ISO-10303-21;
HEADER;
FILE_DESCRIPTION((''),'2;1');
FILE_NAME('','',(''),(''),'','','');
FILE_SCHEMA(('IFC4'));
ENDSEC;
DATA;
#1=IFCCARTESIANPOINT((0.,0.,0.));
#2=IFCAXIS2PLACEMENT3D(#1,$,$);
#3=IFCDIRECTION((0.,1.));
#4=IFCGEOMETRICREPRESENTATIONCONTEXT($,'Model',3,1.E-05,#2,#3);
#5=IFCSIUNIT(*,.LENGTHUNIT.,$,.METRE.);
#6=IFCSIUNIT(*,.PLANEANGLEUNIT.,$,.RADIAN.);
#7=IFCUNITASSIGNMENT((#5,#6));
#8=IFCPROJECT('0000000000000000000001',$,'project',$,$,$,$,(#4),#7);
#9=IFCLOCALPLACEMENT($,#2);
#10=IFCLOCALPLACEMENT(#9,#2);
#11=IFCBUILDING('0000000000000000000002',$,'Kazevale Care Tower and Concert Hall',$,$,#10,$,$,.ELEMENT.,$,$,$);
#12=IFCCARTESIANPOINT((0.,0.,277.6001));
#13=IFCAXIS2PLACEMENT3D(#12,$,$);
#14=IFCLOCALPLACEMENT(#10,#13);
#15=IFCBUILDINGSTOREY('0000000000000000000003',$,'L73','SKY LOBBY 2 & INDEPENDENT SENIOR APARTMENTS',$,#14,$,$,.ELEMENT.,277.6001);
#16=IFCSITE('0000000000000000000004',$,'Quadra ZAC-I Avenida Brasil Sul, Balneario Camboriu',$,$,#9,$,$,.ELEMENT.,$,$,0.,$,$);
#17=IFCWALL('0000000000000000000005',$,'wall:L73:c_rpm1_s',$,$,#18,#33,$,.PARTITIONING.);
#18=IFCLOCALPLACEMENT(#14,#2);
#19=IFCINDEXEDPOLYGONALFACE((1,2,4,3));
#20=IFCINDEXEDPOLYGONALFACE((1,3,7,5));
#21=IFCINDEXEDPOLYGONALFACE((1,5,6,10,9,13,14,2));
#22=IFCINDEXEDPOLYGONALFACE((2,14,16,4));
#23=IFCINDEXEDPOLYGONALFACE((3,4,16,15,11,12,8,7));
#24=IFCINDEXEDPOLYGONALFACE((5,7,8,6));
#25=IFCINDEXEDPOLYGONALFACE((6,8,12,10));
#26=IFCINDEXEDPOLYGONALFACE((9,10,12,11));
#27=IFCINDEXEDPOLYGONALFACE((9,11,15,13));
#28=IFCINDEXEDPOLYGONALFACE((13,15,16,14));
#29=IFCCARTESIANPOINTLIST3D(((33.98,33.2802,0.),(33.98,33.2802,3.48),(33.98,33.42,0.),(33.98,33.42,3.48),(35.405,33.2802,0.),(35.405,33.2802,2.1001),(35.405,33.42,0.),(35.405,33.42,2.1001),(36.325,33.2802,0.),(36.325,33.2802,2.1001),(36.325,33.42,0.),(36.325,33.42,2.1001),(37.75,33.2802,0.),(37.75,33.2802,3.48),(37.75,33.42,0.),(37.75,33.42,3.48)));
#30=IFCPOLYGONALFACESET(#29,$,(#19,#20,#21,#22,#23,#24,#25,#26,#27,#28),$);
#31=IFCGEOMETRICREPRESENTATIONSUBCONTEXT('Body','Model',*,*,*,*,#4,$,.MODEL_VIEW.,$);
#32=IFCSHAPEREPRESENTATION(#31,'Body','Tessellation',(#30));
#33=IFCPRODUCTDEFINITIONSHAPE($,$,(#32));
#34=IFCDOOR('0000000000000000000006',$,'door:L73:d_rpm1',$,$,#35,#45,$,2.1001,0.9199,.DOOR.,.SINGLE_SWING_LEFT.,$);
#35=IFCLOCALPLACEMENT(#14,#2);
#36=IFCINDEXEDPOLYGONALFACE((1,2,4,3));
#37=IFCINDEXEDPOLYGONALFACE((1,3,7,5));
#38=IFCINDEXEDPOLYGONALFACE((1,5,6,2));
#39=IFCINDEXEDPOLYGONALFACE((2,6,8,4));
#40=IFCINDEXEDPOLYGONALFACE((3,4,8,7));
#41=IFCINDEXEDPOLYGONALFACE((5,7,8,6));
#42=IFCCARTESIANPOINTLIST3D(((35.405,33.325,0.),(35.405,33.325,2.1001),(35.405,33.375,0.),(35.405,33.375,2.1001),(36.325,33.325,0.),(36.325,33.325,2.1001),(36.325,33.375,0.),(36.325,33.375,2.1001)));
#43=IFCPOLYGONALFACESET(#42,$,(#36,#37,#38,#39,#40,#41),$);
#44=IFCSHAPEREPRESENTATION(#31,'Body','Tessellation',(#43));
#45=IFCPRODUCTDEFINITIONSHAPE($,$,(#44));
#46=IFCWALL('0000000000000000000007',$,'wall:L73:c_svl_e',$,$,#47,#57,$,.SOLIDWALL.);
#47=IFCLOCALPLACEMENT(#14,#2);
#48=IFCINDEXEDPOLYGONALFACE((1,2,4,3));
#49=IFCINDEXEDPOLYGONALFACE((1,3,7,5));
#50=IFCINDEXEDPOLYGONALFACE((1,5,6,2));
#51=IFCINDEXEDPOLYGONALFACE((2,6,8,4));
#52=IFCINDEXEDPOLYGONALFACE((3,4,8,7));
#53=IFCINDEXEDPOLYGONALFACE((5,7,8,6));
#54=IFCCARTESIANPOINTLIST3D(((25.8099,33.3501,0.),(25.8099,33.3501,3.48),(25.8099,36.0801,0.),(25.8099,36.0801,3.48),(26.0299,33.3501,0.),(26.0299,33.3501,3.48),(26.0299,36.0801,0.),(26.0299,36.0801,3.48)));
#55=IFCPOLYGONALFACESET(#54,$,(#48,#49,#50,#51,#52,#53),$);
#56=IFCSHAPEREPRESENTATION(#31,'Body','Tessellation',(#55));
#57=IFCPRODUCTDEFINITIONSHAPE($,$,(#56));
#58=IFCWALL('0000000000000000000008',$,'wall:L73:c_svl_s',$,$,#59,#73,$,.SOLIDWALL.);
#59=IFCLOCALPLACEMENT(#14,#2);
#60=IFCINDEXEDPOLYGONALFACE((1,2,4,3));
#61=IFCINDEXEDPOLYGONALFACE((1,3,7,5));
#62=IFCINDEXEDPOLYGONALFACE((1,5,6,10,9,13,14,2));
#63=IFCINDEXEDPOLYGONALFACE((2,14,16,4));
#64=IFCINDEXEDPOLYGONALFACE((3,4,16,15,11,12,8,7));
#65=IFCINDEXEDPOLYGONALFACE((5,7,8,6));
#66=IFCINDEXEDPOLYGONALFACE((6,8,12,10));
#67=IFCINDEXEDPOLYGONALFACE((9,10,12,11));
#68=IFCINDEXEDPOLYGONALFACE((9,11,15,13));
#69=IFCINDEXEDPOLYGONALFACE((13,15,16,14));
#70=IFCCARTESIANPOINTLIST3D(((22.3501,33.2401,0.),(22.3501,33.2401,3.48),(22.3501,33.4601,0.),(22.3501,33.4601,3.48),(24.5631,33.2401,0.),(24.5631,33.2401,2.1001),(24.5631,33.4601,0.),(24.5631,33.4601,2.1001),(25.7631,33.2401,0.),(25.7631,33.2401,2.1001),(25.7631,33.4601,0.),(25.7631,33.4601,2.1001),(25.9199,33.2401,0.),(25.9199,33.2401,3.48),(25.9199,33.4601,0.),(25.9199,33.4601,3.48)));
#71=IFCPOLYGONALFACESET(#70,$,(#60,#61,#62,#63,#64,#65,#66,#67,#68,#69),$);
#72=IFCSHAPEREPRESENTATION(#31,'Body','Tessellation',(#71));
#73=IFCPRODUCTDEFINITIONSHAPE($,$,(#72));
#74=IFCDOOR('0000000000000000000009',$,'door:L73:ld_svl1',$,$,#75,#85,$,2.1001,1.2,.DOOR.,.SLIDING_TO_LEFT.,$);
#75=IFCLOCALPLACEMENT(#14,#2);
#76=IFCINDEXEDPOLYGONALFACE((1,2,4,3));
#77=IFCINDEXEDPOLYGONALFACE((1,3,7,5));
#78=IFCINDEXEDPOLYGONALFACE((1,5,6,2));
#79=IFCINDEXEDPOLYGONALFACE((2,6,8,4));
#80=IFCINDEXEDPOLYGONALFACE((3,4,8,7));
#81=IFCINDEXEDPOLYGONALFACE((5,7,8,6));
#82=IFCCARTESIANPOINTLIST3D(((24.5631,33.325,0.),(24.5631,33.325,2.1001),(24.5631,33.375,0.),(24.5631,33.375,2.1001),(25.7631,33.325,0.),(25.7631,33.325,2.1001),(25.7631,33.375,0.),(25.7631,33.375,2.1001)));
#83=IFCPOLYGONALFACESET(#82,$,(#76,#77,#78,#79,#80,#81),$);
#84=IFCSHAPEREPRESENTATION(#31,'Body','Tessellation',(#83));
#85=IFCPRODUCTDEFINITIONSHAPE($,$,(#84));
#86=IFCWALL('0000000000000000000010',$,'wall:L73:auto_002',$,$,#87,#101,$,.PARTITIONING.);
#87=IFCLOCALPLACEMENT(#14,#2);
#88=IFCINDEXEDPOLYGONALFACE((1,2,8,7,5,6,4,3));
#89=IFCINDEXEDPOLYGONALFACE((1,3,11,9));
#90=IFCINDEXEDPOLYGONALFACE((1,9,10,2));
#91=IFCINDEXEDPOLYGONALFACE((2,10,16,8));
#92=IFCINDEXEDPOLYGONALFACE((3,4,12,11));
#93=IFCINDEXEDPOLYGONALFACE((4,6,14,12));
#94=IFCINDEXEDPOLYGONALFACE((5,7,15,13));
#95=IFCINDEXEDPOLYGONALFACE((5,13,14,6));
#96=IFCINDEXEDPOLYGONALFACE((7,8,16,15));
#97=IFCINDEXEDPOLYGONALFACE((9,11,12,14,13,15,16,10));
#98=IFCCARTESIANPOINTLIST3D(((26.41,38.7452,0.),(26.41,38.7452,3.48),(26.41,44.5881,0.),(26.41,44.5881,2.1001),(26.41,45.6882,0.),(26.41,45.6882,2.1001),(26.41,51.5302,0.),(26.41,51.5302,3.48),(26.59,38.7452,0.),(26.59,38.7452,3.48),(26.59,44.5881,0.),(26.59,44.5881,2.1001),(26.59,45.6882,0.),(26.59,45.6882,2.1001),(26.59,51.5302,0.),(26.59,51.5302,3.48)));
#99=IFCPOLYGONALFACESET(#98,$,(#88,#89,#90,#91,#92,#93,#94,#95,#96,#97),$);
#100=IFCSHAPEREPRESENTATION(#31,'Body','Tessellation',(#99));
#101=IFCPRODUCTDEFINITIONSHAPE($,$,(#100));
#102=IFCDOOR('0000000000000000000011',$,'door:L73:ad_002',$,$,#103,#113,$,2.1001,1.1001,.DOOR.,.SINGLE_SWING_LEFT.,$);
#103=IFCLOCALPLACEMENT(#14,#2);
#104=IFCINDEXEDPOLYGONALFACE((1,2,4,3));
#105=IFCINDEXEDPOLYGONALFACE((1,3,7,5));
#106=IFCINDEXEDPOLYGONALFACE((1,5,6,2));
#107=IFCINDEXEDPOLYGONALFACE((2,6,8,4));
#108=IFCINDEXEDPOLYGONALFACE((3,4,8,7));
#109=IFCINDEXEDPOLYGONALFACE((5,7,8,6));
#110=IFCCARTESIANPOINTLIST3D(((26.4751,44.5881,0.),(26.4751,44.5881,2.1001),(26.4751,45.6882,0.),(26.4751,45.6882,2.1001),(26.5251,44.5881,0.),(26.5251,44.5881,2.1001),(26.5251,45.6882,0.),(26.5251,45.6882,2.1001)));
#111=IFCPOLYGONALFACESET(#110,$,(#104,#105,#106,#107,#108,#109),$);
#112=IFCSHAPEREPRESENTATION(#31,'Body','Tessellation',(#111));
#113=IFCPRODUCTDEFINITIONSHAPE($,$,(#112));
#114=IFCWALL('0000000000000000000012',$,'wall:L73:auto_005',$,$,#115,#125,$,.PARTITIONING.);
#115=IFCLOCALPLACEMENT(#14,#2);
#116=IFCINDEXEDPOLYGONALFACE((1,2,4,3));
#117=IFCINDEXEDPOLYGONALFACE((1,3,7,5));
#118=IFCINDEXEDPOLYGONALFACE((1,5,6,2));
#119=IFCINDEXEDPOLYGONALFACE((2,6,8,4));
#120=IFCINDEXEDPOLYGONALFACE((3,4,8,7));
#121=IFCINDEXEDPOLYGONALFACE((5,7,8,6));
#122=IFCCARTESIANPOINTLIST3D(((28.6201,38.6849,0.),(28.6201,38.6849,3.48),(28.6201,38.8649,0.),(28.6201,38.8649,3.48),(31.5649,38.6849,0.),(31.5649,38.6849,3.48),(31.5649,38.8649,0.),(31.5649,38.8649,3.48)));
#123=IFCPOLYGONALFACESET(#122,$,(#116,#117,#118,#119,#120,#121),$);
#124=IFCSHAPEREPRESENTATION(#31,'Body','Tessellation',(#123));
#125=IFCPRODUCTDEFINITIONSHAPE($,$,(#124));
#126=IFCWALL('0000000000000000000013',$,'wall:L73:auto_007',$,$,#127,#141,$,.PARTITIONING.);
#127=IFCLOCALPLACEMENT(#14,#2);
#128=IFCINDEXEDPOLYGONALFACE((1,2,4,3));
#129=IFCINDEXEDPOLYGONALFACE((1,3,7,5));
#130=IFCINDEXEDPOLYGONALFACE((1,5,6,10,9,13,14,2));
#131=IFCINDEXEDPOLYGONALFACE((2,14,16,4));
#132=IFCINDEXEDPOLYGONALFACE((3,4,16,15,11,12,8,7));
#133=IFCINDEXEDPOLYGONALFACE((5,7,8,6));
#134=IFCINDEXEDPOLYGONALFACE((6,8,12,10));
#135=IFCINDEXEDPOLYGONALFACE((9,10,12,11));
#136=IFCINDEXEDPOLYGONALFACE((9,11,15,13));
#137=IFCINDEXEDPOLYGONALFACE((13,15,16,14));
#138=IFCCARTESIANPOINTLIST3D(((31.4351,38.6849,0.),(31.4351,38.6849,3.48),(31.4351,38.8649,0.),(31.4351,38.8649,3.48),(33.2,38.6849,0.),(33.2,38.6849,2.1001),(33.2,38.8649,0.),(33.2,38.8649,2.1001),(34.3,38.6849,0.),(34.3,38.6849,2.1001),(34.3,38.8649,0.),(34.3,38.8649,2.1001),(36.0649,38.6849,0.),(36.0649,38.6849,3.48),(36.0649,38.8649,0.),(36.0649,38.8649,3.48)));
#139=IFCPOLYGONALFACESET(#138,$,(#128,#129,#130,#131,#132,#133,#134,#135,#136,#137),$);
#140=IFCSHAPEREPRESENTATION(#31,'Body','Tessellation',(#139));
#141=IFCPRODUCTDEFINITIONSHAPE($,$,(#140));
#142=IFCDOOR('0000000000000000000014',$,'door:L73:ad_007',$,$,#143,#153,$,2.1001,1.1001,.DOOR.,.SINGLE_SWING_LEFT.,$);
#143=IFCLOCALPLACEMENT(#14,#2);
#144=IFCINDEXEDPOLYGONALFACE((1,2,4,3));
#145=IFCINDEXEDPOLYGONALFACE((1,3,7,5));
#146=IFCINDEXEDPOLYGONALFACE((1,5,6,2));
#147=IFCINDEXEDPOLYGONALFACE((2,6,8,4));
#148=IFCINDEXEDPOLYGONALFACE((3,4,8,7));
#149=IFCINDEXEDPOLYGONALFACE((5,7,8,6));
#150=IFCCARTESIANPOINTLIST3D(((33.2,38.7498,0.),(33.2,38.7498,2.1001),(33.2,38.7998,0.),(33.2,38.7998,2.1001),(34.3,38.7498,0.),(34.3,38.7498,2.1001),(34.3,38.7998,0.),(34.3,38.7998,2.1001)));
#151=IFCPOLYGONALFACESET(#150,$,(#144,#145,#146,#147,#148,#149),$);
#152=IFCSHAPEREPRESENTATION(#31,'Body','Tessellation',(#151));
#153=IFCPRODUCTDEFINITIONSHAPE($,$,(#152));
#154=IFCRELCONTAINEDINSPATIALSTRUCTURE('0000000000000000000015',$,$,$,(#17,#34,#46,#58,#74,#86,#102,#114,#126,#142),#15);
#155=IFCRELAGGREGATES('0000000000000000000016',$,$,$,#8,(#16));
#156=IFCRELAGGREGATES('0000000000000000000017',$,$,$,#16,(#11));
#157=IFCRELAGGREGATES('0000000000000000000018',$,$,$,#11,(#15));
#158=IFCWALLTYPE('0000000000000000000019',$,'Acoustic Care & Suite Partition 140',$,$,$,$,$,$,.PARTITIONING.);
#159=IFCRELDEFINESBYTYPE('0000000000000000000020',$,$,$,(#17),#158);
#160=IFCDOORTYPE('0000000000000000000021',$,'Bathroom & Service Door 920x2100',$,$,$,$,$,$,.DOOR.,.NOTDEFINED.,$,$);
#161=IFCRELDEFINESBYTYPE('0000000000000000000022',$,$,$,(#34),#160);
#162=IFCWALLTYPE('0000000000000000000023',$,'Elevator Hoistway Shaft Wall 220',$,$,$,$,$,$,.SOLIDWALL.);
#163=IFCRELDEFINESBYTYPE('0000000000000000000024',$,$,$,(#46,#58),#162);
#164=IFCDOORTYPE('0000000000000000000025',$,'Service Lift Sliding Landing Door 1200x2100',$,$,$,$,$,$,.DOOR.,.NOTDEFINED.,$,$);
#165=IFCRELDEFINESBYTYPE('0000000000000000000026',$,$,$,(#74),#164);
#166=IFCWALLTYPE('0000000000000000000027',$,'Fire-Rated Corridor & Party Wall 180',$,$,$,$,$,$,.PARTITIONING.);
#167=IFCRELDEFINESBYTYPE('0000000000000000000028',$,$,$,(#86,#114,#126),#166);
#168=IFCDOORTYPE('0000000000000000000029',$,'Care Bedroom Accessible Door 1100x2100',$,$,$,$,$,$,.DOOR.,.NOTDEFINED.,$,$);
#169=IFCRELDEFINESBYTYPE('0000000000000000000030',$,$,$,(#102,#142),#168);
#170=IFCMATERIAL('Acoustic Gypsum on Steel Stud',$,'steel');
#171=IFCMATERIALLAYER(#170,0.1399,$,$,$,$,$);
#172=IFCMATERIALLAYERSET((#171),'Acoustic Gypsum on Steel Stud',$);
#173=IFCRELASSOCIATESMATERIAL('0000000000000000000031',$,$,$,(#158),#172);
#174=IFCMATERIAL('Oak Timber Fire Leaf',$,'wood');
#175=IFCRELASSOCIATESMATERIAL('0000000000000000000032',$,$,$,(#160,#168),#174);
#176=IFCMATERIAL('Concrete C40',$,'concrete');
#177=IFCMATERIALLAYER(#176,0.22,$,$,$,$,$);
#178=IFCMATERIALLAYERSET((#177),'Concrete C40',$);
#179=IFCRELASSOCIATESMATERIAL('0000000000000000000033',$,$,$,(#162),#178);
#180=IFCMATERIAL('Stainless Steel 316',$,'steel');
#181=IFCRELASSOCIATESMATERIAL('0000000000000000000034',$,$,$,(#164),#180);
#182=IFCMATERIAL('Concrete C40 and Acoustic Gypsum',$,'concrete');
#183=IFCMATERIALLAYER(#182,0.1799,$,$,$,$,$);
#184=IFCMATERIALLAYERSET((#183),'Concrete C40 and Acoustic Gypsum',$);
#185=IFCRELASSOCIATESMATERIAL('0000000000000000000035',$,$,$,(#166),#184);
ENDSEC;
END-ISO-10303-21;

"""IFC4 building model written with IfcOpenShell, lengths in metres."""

from ifc_helpers import new_model, si_unit, direction, frame, frame_2d, origin, place, context, subcontext, project, spatial, rectangle, extrude, material, layer, layer_set, type_object, element, fill, save


model = new_model("IFC4")

# Units and contexts
model_context = context("Model", 3, precision=1e-05, world=origin(), true_north=direction((0.0, 1.0)))
body_context = subcontext(model_context, "Body", "Model", "MODEL_VIEW")
ifc_project = project(units=[si_unit("LENGTHUNIT", "METRE"), si_unit("PLANEANGLEUNIT", "RADIAN")], contexts=[model_context])

# Site, building, storey
site_placement = place(None, origin())
site = spatial("IfcSite", under=ifc_project, at=site_placement, Name="Quadra ZAC-I Avenida Brasil Sul, Balneario Camboriu", CompositionType="ELEMENT", RefElevation=0.0)
building_placement = place(site_placement, origin())
building = spatial("IfcBuilding", under=site, at=building_placement, Name="Kazevale Care Tower and Concert Hall", CompositionType="ELEMENT")
storey_placement = place(building_placement, frame((0.0, 0.0, 277.6001)))
storey = spatial("IfcBuildingStorey", under=building, at=storey_placement, Name="L73", Description="SKY LOBBY 2 & INDEPENDENT SENIOR APARTMENTS", CompositionType="ELEMENT", Elevation=277.6001)

# Shared definitions
ifc_material_1 = material(Name="Acoustic Gypsum on Steel Stud", Category="steel")
ifc_layer_1 = layer(ifc_material_1, 0.1399)
ifc_layer_set_1 = layer_set([ifc_layer_1], Name="Acoustic Gypsum on Steel Stud")
wall_type_1 = type_object("IfcWallType", Name="Acoustic Care & Suite Partition 140", PredefinedType="PARTITIONING", material=ifc_layer_set_1)
ifc_material_2 = material(Name="Oak Timber Fire Leaf", Category="wood")
door_type_1 = type_object("IfcDoorType", Name="Bathroom & Service Door 920x2100", OperationType="NOTDEFINED", PredefinedType="DOOR", material=ifc_material_2)

# Wall, opening, door
wall_1_placement = place(storey_placement, frame((33.98, 33.3501, 0.0), z_axis=(0.0, 0.0, 1.0), x_axis=(1.0, 0.0, 0.0)))
wall_1 = element("IfcWall", 1, at=wall_1_placement, inside=storey, type_object=wall_type_1, Name="wall:L73:c_rpm1_s", PredefinedType="PARTITIONING", context=body_context, shape_type="SweptSolid", body=[
    extrude(rectangle(XDim=3.77, YDim=0.1399, at=frame_2d((1.885, 0.0))), origin(), (0.0, 0.0, 1.0), 3.48),
])
opening_1_placement = place(wall_1_placement, frame((1.425, 0.0, 0.0)))
opening_1 = element("IfcOpeningElement", 2, at=opening_1_placement, cuts=wall_1, PredefinedType="OPENING", context=body_context, shape_type="SweptSolid", body=[
    extrude(rectangle(XDim=0.9199, YDim=2.1001, at=frame_2d((0.46, 1.05))), frame((0.0, 0.0798, 0.0), z_axis=(0.0, -1.0, 0.0), x_axis=(1.0, 0.0, 0.0)), (0.0, 0.0, 1.0), 0.1599),
])
door_1_placement = place(opening_1_placement, origin())
door_1 = element("IfcDoor", 3, at=door_1_placement, inside=storey, type_object=door_type_1, Name="door:L73:d_rpm1", OperationType="SINGLE_SWING_LEFT", OverallHeight=2.1001, OverallWidth=0.9199, PredefinedType="DOOR", context=body_context, shape_type="SweptSolid", body=[
    extrude(rectangle(XDim=0.9199, YDim=2.1001, at=frame_2d((0.46, 1.05))), frame((0.0, 0.0249, 0.0), z_axis=(0.0, -1.0, 0.0), x_axis=(1.0, 0.0, 0.0)), (0.0, 0.0, 1.0), 0.05),
])
fill(opening_1, door_1)

# Wall
ifc_material_3 = material(Name="Concrete C40", Category="concrete")
ifc_layer_2 = layer(ifc_material_3, 0.22)
ifc_layer_set_2 = layer_set([ifc_layer_2], Name="Concrete C40")
wall_type_2 = type_object("IfcWallType", Name="Elevator Hoistway Shaft Wall 220", PredefinedType="SOLIDWALL", material=ifc_layer_set_2)
wall_2_placement = place(storey_placement, frame((25.9199, 33.3501, 0.0), z_axis=(0.0, 0.0, 1.0), x_axis=(0.0, 1.0, 0.0)))
element("IfcWall", 4, at=wall_2_placement, inside=storey, type_object=wall_type_2, Name="wall:L73:c_svl_e", PredefinedType="SOLIDWALL", context=body_context, shape_type="SweptSolid", body=[
    extrude(rectangle(XDim=2.73, YDim=0.22, at=frame_2d((1.365, 0.0))), origin(), (0.0, 0.0, 1.0), 3.48),
])

# Walls, openings, doors
wall_3_placement = place(storey_placement, frame((22.3501, 33.3501, 0.0), z_axis=(0.0, 0.0, 1.0), x_axis=(1.0, 0.0, 0.0)))
wall_3 = element("IfcWall", 5, at=wall_3_placement, inside=storey, type_object=wall_type_2, Name="wall:L73:c_svl_s", PredefinedType="SOLIDWALL", context=body_context, shape_type="SweptSolid", body=[
    extrude(rectangle(XDim=3.5698, YDim=0.22, at=frame_2d((1.7849, 0.0))), origin(), (0.0, 0.0, 1.0), 3.48),
])
opening_2_placement = place(wall_3_placement, frame((2.2129, 0.0, 0.0)))
opening_2 = element("IfcOpeningElement", 6, at=opening_2_placement, cuts=wall_3, PredefinedType="OPENING", context=body_context, shape_type="SweptSolid", body=[
    extrude(rectangle(XDim=1.2, YDim=2.1001, at=frame_2d((0.6001, 1.05))), frame((0.0, 0.1199, 0.0), z_axis=(0.0, -1.0, 0.0), x_axis=(1.0, 0.0, 0.0)), (0.0, 0.0, 1.0), 0.24),
])
ifc_material_4 = material(Name="Stainless Steel 316", Category="steel")
door_type_2 = type_object("IfcDoorType", Name="Service Lift Sliding Landing Door 1200x2100", OperationType="NOTDEFINED", PredefinedType="DOOR", material=ifc_material_4)
door_2_placement = place(opening_2_placement, origin())
door_2 = element("IfcDoor", 7, at=door_2_placement, inside=storey, type_object=door_type_2, Name="door:L73:ld_svl1", OperationType="SLIDING_TO_LEFT", OverallHeight=2.1001, OverallWidth=1.2, PredefinedType="DOOR", context=body_context, shape_type="SweptSolid", body=[
    extrude(rectangle(XDim=1.2, YDim=2.1001, at=frame_2d((0.6001, 1.05))), frame((0.0, 0.0249, 0.0), z_axis=(0.0, -1.0, 0.0), x_axis=(1.0, 0.0, 0.0)), (0.0, 0.0, 1.0), 0.05),
])
fill(opening_2, door_2)
ifc_material_5 = material(Name="Concrete C40 and Acoustic Gypsum", Category="concrete")
ifc_layer_3 = layer(ifc_material_5, 0.1799)
ifc_layer_set_3 = layer_set([ifc_layer_3], Name="Concrete C40 and Acoustic Gypsum")
wall_type_3 = type_object("IfcWallType", Name="Fire-Rated Corridor & Party Wall 180", PredefinedType="PARTITIONING", material=ifc_layer_set_3)
wall_4_placement = place(storey_placement, frame((26.5, 38.7451, 0.0), z_axis=(0.0, 0.0, 1.0), x_axis=(0.0, 1.0, 0.0)))
wall_4 = element("IfcWall", 8, at=wall_4_placement, inside=storey, type_object=wall_type_3, Name="wall:L73:auto_002", PredefinedType="PARTITIONING", context=body_context, shape_type="SweptSolid", body=[
    extrude(rectangle(XDim=12.7849, YDim=0.1799, at=frame_2d((6.3926, 0.0))), origin(), (0.0, 0.0, 1.0), 3.48),
])
opening_3_placement = place(wall_4_placement, frame((5.843, 0.0, 0.0)))
opening_3 = element("IfcOpeningElement", 9, at=opening_3_placement, cuts=wall_4, PredefinedType="OPENING", context=body_context, shape_type="SweptSolid", body=[
    extrude(rectangle(XDim=1.1001, YDim=2.1001, at=frame_2d((0.55, 1.05))), frame((0.0, 0.0999, 0.0), z_axis=(0.0, -1.0, 0.0), x_axis=(1.0, 0.0, 0.0)), (0.0, 0.0, 1.0), 0.2),
])
door_type_3 = type_object("IfcDoorType", Name="Care Bedroom Accessible Door 1100x2100", OperationType="NOTDEFINED", PredefinedType="DOOR", material=ifc_material_2)
door_3_placement = place(opening_3_placement, origin())
door_3 = element("IfcDoor", 10, at=door_3_placement, inside=storey, type_object=door_type_3, Name="door:L73:ad_002", OperationType="SINGLE_SWING_LEFT", OverallHeight=2.1001, OverallWidth=1.1001, PredefinedType="DOOR", context=body_context, shape_type="SweptSolid", body=[
    extrude(rectangle(XDim=1.1001, YDim=2.1001, at=frame_2d((0.55, 1.05))), frame((0.0, 0.0249, 0.0), z_axis=(0.0, -1.0, 0.0), x_axis=(1.0, 0.0, 0.0)), (0.0, 0.0, 1.0), 0.05),
])
fill(opening_3, door_3)

# Wall
wall_5_placement = place(storey_placement, frame((28.6201, 38.7749, 0.0), z_axis=(0.0, 0.0, 1.0), x_axis=(1.0, 0.0, 0.0)))
element("IfcWall", 11, at=wall_5_placement, inside=storey, type_object=wall_type_3, Name="wall:L73:auto_005", PredefinedType="PARTITIONING", context=body_context, shape_type="SweptSolid", body=[
    extrude(rectangle(XDim=2.9448, YDim=0.1799, at=frame_2d((1.4724, 0.0))), origin(), (0.0, 0.0, 1.0), 3.48),
])

# Wall, opening, door
wall_6_placement = place(storey_placement, frame((31.4351, 38.7749, 0.0), z_axis=(0.0, 0.0, 1.0), x_axis=(1.0, 0.0, 0.0)))
wall_6 = element("IfcWall", 12, at=wall_6_placement, inside=storey, type_object=wall_type_3, Name="wall:L73:auto_007", PredefinedType="PARTITIONING", context=body_context, shape_type="SweptSolid", body=[
    extrude(rectangle(XDim=4.6299, YDim=0.1799, at=frame_2d((2.3149, 0.0))), origin(), (0.0, 0.0, 1.0), 3.48),
])
opening_4_placement = place(wall_6_placement, frame((1.7649, 0.0, 0.0)))
opening_4 = element("IfcOpeningElement", 13, at=opening_4_placement, cuts=wall_6, PredefinedType="OPENING", context=body_context, shape_type="SweptSolid", body=[
    extrude(rectangle(XDim=1.1001, YDim=2.1001, at=frame_2d((0.55, 1.05))), frame((0.0, 0.0999, 0.0), z_axis=(0.0, -1.0, 0.0), x_axis=(1.0, 0.0, 0.0)), (0.0, 0.0, 1.0), 0.2),
])
door_4_placement = place(opening_4_placement, origin())
door_4 = element("IfcDoor", 14, at=door_4_placement, inside=storey, type_object=door_type_3, Name="door:L73:ad_007", OperationType="SINGLE_SWING_LEFT", OverallHeight=2.1001, OverallWidth=1.1001, PredefinedType="DOOR", context=body_context, shape_type="SweptSolid", body=[
    extrude(rectangle(XDim=1.1001, YDim=2.1001, at=frame_2d((0.55, 1.05))), frame((0.0, 0.0249, 0.0), z_axis=(0.0, -1.0, 0.0), x_axis=(1.0, 0.0, 0.0)), (0.0, 0.0, 1.0), 0.05),
])
fill(opening_4, door_4)

save(model, "model.ifc")
